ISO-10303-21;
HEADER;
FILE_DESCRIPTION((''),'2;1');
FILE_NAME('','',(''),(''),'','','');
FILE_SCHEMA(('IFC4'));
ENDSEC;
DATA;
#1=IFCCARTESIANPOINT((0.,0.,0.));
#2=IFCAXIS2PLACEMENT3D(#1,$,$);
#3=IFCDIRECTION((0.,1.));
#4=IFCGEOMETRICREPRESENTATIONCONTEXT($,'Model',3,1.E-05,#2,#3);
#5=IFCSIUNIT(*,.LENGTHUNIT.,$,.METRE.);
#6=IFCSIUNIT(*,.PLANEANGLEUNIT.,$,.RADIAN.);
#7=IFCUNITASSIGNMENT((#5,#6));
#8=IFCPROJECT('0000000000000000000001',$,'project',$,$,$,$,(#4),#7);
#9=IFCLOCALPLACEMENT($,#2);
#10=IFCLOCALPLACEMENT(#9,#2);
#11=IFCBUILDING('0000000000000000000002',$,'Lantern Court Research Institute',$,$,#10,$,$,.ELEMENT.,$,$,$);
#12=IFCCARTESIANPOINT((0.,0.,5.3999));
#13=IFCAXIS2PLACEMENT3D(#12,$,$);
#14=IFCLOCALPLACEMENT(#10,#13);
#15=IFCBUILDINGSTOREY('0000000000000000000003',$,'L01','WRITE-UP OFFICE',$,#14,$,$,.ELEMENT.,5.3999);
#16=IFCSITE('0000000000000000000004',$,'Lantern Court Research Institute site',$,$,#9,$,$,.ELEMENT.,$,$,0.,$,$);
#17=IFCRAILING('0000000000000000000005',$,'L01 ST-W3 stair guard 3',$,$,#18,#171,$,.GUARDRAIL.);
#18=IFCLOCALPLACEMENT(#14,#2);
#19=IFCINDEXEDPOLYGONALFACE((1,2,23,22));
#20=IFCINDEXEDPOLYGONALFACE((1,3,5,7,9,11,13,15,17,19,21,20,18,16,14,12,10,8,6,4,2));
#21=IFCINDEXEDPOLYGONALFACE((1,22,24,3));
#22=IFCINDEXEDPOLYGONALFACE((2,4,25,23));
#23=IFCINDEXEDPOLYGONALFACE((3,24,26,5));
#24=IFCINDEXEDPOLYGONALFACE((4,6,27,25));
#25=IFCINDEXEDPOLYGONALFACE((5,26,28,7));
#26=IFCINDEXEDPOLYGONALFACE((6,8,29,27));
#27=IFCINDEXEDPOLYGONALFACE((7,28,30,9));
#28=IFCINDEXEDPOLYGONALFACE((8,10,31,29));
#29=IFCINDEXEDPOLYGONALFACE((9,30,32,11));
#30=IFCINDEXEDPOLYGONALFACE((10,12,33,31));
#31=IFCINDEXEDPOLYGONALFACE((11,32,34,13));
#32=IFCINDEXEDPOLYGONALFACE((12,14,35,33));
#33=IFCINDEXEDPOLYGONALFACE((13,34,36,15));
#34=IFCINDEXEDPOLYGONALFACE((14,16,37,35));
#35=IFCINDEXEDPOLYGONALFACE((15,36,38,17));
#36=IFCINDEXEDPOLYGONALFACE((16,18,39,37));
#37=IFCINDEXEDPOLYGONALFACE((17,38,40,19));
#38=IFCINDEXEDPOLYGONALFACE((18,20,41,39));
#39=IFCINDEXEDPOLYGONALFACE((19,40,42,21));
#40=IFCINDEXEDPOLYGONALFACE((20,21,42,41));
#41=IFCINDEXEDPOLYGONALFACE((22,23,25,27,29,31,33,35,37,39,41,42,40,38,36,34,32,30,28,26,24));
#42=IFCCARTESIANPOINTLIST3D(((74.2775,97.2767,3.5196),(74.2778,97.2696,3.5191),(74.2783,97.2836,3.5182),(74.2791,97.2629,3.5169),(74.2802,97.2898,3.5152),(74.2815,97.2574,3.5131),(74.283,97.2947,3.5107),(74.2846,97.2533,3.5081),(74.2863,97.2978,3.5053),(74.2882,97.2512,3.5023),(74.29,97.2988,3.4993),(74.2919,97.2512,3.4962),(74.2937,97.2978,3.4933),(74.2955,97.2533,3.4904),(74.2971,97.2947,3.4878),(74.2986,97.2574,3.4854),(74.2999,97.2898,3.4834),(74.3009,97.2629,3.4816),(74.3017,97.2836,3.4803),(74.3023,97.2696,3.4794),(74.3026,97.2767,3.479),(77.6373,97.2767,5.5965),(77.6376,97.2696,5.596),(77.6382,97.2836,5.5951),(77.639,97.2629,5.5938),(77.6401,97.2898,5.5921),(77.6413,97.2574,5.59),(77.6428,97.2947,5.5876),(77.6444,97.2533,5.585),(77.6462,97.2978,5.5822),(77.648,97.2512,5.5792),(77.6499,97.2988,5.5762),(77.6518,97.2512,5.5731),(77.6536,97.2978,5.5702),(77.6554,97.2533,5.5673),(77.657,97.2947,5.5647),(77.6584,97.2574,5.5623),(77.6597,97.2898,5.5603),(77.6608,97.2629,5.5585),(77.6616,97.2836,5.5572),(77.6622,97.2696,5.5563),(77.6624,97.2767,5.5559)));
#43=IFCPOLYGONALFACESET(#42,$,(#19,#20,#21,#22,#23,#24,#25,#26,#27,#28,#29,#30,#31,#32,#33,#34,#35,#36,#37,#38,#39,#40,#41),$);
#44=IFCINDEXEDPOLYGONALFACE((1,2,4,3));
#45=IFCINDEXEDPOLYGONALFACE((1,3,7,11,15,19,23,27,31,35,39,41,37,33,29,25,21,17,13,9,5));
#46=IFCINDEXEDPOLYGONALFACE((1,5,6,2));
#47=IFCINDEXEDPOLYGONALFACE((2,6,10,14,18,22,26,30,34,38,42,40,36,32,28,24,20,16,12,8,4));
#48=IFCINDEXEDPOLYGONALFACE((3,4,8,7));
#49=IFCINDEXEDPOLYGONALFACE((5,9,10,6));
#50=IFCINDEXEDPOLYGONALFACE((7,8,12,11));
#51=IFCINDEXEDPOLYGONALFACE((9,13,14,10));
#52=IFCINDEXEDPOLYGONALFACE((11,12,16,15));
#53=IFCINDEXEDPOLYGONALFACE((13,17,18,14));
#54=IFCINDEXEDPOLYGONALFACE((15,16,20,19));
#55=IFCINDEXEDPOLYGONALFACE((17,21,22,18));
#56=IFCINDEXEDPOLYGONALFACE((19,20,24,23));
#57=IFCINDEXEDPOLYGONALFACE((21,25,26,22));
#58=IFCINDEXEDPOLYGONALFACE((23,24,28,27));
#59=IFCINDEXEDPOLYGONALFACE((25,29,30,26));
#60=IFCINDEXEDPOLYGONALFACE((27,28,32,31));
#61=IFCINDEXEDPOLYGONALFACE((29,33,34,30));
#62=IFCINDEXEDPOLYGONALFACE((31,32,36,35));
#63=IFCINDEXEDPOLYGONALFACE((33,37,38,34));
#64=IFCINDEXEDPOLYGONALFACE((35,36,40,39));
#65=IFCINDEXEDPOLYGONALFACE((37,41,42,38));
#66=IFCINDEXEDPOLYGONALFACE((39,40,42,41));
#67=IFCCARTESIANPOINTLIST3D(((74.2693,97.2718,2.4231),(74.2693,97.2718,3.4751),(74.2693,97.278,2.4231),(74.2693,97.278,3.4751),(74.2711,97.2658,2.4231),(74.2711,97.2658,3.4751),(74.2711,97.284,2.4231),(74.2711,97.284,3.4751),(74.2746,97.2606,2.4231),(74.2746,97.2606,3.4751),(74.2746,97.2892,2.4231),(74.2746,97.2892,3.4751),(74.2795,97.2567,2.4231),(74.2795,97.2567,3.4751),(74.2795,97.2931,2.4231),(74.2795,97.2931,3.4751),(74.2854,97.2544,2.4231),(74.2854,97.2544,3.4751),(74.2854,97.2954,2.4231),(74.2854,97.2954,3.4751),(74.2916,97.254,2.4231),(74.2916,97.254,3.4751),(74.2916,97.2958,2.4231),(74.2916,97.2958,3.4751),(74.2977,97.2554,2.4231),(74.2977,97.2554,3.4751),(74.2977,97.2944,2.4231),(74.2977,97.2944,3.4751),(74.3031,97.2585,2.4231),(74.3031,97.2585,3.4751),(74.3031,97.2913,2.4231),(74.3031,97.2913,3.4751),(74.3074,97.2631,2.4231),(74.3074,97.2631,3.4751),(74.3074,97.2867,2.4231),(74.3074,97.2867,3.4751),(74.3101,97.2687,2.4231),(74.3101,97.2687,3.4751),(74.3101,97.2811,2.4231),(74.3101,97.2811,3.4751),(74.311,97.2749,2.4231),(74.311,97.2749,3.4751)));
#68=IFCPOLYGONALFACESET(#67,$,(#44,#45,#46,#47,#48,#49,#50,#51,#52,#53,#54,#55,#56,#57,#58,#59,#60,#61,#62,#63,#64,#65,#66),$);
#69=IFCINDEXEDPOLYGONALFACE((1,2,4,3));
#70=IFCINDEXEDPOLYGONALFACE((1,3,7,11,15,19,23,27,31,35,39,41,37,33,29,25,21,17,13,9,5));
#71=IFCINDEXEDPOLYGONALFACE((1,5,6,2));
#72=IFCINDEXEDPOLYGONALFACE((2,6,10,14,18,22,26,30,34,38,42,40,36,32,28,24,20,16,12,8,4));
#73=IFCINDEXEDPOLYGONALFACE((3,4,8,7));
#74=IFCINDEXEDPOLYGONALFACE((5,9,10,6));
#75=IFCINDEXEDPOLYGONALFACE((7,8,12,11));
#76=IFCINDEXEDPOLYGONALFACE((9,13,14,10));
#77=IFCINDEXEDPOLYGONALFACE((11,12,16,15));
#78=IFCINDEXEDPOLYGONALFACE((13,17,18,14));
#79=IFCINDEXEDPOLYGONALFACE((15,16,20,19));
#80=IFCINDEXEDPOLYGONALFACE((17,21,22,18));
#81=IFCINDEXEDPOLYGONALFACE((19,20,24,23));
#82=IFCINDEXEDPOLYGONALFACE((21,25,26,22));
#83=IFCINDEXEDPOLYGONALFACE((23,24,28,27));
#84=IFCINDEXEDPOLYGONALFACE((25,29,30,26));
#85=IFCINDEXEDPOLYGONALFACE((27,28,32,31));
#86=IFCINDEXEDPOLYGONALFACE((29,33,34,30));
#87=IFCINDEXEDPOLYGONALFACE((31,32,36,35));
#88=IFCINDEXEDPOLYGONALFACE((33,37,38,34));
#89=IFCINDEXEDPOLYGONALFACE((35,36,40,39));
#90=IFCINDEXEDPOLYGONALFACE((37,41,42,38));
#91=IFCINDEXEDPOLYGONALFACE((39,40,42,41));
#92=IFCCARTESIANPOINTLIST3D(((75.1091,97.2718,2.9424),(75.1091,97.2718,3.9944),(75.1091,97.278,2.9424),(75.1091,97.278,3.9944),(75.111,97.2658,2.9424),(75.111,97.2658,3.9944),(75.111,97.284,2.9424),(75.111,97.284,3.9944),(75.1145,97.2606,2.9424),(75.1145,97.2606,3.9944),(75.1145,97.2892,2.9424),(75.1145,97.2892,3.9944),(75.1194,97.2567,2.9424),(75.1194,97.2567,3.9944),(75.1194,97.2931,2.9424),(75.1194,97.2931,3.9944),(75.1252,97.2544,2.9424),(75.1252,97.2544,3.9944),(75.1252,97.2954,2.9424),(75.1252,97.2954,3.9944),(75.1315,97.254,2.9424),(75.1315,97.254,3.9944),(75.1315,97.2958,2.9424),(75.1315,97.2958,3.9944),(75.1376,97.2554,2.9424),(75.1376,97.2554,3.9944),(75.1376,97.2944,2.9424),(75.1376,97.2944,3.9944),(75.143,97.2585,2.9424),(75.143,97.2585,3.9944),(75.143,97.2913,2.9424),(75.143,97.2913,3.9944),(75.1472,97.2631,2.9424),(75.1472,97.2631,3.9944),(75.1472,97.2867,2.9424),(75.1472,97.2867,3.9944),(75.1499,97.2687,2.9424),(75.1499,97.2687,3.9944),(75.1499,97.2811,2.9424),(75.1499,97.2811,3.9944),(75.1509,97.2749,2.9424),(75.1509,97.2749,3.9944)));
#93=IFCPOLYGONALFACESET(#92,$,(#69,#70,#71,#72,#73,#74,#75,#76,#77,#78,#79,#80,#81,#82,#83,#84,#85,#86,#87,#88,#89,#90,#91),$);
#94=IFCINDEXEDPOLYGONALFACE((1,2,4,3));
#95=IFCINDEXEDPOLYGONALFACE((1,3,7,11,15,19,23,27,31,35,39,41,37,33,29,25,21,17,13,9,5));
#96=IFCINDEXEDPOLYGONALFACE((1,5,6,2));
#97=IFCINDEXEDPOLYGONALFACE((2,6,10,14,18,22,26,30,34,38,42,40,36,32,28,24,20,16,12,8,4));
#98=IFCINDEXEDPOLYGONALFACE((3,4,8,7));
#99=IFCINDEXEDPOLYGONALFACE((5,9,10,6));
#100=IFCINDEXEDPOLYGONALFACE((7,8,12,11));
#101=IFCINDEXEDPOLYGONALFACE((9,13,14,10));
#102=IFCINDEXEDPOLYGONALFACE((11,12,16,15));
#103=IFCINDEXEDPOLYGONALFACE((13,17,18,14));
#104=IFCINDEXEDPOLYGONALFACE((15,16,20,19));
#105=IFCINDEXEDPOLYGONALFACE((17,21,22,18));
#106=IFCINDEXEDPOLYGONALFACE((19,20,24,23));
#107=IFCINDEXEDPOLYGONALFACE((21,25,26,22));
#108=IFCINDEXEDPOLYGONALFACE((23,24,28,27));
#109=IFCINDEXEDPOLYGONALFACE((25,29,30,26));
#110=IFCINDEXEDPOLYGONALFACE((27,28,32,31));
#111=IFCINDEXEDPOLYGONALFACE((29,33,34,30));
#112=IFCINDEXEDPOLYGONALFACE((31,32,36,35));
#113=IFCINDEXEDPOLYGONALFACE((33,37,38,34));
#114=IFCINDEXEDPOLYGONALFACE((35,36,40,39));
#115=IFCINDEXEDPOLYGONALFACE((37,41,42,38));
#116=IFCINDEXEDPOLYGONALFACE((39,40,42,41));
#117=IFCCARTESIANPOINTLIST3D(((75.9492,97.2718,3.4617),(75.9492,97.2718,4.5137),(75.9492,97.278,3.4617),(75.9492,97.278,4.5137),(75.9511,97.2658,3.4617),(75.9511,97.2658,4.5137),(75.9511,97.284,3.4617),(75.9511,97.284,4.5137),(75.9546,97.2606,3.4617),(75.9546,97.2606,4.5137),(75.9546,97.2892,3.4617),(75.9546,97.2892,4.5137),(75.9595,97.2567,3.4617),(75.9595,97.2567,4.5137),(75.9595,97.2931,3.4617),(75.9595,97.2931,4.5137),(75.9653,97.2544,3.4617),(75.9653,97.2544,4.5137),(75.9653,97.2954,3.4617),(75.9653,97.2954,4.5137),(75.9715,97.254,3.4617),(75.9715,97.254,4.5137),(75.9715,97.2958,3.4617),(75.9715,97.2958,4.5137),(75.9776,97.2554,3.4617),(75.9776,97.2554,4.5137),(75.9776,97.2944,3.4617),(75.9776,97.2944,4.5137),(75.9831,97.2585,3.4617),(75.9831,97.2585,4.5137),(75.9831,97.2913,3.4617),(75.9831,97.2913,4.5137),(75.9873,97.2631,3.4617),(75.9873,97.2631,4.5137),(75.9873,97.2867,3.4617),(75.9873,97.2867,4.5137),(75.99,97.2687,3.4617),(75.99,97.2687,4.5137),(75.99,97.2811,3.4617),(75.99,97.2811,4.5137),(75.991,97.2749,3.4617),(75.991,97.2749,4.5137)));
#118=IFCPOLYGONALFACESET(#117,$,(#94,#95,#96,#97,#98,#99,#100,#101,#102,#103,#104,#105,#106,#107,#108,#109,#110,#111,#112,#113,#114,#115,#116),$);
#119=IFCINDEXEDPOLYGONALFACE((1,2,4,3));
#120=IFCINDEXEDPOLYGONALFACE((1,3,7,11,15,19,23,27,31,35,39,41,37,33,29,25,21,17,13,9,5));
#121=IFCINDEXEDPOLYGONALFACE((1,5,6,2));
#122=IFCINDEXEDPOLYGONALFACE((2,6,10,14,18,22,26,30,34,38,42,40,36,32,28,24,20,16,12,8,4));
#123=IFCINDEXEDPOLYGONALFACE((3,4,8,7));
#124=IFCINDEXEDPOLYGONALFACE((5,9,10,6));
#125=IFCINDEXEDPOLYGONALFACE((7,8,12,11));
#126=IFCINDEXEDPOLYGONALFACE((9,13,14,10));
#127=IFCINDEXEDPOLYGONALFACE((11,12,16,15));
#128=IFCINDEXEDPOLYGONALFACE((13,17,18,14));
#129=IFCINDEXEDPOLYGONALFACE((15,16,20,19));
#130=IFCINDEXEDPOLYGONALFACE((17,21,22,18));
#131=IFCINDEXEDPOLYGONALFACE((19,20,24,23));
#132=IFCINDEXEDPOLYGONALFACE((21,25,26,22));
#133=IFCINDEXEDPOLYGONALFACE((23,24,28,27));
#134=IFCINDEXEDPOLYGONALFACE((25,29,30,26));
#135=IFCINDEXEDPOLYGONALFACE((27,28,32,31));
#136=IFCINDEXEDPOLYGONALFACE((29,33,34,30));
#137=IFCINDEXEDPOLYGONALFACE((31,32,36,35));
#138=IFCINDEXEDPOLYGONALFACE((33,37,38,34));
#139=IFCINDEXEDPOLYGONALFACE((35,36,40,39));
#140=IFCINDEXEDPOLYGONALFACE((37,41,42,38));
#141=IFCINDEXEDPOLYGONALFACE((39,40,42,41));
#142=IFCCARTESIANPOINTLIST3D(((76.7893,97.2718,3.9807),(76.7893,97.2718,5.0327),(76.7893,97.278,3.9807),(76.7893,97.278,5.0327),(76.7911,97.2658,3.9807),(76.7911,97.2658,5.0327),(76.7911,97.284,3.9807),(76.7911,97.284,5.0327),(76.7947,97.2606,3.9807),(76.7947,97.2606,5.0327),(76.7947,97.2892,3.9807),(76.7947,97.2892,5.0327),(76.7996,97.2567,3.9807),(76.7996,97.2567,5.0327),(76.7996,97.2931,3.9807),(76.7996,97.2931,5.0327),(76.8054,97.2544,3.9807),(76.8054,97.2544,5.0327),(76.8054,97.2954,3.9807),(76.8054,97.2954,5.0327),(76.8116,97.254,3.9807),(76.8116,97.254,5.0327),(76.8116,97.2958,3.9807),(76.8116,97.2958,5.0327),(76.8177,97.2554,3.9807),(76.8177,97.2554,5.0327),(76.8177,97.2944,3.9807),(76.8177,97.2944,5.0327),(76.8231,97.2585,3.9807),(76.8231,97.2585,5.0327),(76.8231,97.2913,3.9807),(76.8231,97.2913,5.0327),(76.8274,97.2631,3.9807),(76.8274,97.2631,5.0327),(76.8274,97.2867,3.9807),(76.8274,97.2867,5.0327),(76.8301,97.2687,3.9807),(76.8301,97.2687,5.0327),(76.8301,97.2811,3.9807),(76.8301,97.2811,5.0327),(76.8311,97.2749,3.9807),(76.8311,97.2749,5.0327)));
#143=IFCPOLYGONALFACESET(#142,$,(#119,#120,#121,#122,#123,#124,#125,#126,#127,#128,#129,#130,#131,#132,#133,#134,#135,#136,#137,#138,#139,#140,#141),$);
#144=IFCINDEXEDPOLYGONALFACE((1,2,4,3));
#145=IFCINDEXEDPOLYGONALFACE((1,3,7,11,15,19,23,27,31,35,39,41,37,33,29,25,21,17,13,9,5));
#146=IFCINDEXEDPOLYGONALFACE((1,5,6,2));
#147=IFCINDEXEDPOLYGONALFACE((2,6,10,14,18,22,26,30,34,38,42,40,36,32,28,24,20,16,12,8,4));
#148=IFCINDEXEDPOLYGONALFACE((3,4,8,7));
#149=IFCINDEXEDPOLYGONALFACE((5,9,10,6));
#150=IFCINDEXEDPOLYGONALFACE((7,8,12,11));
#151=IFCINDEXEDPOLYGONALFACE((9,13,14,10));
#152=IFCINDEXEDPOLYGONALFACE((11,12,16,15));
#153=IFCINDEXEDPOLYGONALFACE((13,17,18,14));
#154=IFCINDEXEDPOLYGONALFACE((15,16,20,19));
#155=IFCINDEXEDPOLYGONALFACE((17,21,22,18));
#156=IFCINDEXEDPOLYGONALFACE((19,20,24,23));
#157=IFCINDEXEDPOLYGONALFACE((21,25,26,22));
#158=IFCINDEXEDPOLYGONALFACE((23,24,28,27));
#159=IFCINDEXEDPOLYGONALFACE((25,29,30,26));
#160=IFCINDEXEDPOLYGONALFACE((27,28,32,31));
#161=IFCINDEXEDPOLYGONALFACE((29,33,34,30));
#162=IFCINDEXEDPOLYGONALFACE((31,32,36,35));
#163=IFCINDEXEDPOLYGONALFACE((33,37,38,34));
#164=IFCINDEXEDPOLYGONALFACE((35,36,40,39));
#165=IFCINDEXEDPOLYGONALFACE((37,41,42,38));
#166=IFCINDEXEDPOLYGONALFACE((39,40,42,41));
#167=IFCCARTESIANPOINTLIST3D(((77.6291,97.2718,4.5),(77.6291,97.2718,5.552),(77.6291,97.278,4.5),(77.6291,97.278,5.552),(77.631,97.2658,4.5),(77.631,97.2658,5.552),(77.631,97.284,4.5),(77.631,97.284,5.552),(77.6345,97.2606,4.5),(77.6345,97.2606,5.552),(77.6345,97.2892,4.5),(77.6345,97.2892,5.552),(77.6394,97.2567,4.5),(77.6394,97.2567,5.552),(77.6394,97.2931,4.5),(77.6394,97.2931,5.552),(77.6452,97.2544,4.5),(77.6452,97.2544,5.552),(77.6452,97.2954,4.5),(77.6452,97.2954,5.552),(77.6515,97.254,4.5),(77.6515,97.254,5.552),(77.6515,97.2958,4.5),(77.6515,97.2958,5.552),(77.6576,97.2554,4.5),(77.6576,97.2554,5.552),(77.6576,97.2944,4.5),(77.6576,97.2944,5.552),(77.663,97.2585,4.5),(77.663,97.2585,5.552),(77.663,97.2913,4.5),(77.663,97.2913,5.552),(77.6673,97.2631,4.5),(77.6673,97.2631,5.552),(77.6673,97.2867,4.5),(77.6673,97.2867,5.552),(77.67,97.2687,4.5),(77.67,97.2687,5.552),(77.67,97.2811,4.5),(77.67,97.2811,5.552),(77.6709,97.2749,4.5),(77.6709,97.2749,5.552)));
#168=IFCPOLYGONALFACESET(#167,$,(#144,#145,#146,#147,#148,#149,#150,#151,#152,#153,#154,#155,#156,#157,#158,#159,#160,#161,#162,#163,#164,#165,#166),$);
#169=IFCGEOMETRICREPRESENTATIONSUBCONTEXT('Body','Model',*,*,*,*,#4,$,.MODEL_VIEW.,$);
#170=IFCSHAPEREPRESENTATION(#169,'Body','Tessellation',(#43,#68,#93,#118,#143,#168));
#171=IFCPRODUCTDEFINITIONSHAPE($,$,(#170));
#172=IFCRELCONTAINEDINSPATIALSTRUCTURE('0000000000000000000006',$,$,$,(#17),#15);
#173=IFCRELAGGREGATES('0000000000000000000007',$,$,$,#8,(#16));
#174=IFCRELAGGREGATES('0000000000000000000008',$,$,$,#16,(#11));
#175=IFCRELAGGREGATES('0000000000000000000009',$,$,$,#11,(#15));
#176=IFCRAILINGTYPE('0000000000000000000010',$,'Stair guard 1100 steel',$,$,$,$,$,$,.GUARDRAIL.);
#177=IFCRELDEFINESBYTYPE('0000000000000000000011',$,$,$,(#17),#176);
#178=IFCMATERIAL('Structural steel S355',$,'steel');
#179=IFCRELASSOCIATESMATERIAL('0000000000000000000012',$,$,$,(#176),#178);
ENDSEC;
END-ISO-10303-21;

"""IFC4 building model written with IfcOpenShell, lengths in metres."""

from ifc_helpers import new_model, si_unit, direction, frame, origin, origin_2d, place, context, subcontext, project, spatial, circle, extrude, material, type_object, element, save


model = new_model("IFC4")

# Units and contexts
model_context = context("Model", 3, precision=1e-05, world=origin(), true_north=direction((0.0, 1.0)))
body_context = subcontext(model_context, "Body", "Model", "MODEL_VIEW")
ifc_project = project(units=[si_unit("LENGTHUNIT", "METRE"), si_unit("PLANEANGLEUNIT", "RADIAN")], contexts=[model_context])

# Site, building, storey
site_placement = place(None, origin())
site = spatial("IfcSite", under=ifc_project, at=site_placement, Name="Lantern Court Research Institute site", CompositionType="ELEMENT", RefElevation=0.0)
building_placement = place(site_placement, origin())
building = spatial("IfcBuilding", under=site, at=building_placement, Name="Lantern Court Research Institute", CompositionType="ELEMENT")
storey_placement = place(building_placement, frame((0.0, 0.0, 5.3999)))
storey = spatial("IfcBuildingStorey", under=building, at=storey_placement, Name="L01", Description="WRITE-UP OFFICE", CompositionType="ELEMENT", Elevation=5.3999)

# Railing
ifc_material_1 = material(Name="Structural steel S355", Category="steel")
railing_type_1 = type_object("IfcRailingType", Name="Stair guard 1100 steel", PredefinedType="GUARDRAIL", material=ifc_material_1)
railing_1_placement = place(storey_placement, frame((74.29, 97.2749, 2.4231)))
element("IfcRailing", 1, at=railing_1_placement, inside=storey, type_object=railing_type_1, Name="L01 ST-W3 stair guard 3", PredefinedType="GUARDRAIL", context=body_context, shape_type="SweptSolid", body=[
    extrude(circle(Radius=0.0239, at=origin_2d()), frame((0.0, 0.0, 1.0762), z_axis=(0.850606, 0.0, 0.525803), x_axis=(0.0, 1.0, 0.0)), (0.0, 0.0, 1.0), 3.95),
    extrude(circle(Radius=0.021, at=origin_2d()), origin(), (0.0, 0.0, 1.0), 1.052),
    extrude(circle(Radius=0.021, at=origin_2d()), frame((0.8398, 0.0, 0.5193)), (0.0, 0.0, 1.0), 1.052),
    extrude(circle(Radius=0.021, at=origin_2d()), frame((1.6799, 0.0, 1.0386)), (0.0, 0.0, 1.0), 1.052),
    extrude(circle(Radius=0.021, at=origin_2d()), frame((2.52, 0.0, 1.5576)), (0.0, 0.0, 1.0), 1.052),
    extrude(circle(Radius=0.021, at=origin_2d()), frame((3.3599, 0.0, 2.0769)), (0.0, 0.0, 1.0), 1.052),
])

save(model, "model.ifc")
